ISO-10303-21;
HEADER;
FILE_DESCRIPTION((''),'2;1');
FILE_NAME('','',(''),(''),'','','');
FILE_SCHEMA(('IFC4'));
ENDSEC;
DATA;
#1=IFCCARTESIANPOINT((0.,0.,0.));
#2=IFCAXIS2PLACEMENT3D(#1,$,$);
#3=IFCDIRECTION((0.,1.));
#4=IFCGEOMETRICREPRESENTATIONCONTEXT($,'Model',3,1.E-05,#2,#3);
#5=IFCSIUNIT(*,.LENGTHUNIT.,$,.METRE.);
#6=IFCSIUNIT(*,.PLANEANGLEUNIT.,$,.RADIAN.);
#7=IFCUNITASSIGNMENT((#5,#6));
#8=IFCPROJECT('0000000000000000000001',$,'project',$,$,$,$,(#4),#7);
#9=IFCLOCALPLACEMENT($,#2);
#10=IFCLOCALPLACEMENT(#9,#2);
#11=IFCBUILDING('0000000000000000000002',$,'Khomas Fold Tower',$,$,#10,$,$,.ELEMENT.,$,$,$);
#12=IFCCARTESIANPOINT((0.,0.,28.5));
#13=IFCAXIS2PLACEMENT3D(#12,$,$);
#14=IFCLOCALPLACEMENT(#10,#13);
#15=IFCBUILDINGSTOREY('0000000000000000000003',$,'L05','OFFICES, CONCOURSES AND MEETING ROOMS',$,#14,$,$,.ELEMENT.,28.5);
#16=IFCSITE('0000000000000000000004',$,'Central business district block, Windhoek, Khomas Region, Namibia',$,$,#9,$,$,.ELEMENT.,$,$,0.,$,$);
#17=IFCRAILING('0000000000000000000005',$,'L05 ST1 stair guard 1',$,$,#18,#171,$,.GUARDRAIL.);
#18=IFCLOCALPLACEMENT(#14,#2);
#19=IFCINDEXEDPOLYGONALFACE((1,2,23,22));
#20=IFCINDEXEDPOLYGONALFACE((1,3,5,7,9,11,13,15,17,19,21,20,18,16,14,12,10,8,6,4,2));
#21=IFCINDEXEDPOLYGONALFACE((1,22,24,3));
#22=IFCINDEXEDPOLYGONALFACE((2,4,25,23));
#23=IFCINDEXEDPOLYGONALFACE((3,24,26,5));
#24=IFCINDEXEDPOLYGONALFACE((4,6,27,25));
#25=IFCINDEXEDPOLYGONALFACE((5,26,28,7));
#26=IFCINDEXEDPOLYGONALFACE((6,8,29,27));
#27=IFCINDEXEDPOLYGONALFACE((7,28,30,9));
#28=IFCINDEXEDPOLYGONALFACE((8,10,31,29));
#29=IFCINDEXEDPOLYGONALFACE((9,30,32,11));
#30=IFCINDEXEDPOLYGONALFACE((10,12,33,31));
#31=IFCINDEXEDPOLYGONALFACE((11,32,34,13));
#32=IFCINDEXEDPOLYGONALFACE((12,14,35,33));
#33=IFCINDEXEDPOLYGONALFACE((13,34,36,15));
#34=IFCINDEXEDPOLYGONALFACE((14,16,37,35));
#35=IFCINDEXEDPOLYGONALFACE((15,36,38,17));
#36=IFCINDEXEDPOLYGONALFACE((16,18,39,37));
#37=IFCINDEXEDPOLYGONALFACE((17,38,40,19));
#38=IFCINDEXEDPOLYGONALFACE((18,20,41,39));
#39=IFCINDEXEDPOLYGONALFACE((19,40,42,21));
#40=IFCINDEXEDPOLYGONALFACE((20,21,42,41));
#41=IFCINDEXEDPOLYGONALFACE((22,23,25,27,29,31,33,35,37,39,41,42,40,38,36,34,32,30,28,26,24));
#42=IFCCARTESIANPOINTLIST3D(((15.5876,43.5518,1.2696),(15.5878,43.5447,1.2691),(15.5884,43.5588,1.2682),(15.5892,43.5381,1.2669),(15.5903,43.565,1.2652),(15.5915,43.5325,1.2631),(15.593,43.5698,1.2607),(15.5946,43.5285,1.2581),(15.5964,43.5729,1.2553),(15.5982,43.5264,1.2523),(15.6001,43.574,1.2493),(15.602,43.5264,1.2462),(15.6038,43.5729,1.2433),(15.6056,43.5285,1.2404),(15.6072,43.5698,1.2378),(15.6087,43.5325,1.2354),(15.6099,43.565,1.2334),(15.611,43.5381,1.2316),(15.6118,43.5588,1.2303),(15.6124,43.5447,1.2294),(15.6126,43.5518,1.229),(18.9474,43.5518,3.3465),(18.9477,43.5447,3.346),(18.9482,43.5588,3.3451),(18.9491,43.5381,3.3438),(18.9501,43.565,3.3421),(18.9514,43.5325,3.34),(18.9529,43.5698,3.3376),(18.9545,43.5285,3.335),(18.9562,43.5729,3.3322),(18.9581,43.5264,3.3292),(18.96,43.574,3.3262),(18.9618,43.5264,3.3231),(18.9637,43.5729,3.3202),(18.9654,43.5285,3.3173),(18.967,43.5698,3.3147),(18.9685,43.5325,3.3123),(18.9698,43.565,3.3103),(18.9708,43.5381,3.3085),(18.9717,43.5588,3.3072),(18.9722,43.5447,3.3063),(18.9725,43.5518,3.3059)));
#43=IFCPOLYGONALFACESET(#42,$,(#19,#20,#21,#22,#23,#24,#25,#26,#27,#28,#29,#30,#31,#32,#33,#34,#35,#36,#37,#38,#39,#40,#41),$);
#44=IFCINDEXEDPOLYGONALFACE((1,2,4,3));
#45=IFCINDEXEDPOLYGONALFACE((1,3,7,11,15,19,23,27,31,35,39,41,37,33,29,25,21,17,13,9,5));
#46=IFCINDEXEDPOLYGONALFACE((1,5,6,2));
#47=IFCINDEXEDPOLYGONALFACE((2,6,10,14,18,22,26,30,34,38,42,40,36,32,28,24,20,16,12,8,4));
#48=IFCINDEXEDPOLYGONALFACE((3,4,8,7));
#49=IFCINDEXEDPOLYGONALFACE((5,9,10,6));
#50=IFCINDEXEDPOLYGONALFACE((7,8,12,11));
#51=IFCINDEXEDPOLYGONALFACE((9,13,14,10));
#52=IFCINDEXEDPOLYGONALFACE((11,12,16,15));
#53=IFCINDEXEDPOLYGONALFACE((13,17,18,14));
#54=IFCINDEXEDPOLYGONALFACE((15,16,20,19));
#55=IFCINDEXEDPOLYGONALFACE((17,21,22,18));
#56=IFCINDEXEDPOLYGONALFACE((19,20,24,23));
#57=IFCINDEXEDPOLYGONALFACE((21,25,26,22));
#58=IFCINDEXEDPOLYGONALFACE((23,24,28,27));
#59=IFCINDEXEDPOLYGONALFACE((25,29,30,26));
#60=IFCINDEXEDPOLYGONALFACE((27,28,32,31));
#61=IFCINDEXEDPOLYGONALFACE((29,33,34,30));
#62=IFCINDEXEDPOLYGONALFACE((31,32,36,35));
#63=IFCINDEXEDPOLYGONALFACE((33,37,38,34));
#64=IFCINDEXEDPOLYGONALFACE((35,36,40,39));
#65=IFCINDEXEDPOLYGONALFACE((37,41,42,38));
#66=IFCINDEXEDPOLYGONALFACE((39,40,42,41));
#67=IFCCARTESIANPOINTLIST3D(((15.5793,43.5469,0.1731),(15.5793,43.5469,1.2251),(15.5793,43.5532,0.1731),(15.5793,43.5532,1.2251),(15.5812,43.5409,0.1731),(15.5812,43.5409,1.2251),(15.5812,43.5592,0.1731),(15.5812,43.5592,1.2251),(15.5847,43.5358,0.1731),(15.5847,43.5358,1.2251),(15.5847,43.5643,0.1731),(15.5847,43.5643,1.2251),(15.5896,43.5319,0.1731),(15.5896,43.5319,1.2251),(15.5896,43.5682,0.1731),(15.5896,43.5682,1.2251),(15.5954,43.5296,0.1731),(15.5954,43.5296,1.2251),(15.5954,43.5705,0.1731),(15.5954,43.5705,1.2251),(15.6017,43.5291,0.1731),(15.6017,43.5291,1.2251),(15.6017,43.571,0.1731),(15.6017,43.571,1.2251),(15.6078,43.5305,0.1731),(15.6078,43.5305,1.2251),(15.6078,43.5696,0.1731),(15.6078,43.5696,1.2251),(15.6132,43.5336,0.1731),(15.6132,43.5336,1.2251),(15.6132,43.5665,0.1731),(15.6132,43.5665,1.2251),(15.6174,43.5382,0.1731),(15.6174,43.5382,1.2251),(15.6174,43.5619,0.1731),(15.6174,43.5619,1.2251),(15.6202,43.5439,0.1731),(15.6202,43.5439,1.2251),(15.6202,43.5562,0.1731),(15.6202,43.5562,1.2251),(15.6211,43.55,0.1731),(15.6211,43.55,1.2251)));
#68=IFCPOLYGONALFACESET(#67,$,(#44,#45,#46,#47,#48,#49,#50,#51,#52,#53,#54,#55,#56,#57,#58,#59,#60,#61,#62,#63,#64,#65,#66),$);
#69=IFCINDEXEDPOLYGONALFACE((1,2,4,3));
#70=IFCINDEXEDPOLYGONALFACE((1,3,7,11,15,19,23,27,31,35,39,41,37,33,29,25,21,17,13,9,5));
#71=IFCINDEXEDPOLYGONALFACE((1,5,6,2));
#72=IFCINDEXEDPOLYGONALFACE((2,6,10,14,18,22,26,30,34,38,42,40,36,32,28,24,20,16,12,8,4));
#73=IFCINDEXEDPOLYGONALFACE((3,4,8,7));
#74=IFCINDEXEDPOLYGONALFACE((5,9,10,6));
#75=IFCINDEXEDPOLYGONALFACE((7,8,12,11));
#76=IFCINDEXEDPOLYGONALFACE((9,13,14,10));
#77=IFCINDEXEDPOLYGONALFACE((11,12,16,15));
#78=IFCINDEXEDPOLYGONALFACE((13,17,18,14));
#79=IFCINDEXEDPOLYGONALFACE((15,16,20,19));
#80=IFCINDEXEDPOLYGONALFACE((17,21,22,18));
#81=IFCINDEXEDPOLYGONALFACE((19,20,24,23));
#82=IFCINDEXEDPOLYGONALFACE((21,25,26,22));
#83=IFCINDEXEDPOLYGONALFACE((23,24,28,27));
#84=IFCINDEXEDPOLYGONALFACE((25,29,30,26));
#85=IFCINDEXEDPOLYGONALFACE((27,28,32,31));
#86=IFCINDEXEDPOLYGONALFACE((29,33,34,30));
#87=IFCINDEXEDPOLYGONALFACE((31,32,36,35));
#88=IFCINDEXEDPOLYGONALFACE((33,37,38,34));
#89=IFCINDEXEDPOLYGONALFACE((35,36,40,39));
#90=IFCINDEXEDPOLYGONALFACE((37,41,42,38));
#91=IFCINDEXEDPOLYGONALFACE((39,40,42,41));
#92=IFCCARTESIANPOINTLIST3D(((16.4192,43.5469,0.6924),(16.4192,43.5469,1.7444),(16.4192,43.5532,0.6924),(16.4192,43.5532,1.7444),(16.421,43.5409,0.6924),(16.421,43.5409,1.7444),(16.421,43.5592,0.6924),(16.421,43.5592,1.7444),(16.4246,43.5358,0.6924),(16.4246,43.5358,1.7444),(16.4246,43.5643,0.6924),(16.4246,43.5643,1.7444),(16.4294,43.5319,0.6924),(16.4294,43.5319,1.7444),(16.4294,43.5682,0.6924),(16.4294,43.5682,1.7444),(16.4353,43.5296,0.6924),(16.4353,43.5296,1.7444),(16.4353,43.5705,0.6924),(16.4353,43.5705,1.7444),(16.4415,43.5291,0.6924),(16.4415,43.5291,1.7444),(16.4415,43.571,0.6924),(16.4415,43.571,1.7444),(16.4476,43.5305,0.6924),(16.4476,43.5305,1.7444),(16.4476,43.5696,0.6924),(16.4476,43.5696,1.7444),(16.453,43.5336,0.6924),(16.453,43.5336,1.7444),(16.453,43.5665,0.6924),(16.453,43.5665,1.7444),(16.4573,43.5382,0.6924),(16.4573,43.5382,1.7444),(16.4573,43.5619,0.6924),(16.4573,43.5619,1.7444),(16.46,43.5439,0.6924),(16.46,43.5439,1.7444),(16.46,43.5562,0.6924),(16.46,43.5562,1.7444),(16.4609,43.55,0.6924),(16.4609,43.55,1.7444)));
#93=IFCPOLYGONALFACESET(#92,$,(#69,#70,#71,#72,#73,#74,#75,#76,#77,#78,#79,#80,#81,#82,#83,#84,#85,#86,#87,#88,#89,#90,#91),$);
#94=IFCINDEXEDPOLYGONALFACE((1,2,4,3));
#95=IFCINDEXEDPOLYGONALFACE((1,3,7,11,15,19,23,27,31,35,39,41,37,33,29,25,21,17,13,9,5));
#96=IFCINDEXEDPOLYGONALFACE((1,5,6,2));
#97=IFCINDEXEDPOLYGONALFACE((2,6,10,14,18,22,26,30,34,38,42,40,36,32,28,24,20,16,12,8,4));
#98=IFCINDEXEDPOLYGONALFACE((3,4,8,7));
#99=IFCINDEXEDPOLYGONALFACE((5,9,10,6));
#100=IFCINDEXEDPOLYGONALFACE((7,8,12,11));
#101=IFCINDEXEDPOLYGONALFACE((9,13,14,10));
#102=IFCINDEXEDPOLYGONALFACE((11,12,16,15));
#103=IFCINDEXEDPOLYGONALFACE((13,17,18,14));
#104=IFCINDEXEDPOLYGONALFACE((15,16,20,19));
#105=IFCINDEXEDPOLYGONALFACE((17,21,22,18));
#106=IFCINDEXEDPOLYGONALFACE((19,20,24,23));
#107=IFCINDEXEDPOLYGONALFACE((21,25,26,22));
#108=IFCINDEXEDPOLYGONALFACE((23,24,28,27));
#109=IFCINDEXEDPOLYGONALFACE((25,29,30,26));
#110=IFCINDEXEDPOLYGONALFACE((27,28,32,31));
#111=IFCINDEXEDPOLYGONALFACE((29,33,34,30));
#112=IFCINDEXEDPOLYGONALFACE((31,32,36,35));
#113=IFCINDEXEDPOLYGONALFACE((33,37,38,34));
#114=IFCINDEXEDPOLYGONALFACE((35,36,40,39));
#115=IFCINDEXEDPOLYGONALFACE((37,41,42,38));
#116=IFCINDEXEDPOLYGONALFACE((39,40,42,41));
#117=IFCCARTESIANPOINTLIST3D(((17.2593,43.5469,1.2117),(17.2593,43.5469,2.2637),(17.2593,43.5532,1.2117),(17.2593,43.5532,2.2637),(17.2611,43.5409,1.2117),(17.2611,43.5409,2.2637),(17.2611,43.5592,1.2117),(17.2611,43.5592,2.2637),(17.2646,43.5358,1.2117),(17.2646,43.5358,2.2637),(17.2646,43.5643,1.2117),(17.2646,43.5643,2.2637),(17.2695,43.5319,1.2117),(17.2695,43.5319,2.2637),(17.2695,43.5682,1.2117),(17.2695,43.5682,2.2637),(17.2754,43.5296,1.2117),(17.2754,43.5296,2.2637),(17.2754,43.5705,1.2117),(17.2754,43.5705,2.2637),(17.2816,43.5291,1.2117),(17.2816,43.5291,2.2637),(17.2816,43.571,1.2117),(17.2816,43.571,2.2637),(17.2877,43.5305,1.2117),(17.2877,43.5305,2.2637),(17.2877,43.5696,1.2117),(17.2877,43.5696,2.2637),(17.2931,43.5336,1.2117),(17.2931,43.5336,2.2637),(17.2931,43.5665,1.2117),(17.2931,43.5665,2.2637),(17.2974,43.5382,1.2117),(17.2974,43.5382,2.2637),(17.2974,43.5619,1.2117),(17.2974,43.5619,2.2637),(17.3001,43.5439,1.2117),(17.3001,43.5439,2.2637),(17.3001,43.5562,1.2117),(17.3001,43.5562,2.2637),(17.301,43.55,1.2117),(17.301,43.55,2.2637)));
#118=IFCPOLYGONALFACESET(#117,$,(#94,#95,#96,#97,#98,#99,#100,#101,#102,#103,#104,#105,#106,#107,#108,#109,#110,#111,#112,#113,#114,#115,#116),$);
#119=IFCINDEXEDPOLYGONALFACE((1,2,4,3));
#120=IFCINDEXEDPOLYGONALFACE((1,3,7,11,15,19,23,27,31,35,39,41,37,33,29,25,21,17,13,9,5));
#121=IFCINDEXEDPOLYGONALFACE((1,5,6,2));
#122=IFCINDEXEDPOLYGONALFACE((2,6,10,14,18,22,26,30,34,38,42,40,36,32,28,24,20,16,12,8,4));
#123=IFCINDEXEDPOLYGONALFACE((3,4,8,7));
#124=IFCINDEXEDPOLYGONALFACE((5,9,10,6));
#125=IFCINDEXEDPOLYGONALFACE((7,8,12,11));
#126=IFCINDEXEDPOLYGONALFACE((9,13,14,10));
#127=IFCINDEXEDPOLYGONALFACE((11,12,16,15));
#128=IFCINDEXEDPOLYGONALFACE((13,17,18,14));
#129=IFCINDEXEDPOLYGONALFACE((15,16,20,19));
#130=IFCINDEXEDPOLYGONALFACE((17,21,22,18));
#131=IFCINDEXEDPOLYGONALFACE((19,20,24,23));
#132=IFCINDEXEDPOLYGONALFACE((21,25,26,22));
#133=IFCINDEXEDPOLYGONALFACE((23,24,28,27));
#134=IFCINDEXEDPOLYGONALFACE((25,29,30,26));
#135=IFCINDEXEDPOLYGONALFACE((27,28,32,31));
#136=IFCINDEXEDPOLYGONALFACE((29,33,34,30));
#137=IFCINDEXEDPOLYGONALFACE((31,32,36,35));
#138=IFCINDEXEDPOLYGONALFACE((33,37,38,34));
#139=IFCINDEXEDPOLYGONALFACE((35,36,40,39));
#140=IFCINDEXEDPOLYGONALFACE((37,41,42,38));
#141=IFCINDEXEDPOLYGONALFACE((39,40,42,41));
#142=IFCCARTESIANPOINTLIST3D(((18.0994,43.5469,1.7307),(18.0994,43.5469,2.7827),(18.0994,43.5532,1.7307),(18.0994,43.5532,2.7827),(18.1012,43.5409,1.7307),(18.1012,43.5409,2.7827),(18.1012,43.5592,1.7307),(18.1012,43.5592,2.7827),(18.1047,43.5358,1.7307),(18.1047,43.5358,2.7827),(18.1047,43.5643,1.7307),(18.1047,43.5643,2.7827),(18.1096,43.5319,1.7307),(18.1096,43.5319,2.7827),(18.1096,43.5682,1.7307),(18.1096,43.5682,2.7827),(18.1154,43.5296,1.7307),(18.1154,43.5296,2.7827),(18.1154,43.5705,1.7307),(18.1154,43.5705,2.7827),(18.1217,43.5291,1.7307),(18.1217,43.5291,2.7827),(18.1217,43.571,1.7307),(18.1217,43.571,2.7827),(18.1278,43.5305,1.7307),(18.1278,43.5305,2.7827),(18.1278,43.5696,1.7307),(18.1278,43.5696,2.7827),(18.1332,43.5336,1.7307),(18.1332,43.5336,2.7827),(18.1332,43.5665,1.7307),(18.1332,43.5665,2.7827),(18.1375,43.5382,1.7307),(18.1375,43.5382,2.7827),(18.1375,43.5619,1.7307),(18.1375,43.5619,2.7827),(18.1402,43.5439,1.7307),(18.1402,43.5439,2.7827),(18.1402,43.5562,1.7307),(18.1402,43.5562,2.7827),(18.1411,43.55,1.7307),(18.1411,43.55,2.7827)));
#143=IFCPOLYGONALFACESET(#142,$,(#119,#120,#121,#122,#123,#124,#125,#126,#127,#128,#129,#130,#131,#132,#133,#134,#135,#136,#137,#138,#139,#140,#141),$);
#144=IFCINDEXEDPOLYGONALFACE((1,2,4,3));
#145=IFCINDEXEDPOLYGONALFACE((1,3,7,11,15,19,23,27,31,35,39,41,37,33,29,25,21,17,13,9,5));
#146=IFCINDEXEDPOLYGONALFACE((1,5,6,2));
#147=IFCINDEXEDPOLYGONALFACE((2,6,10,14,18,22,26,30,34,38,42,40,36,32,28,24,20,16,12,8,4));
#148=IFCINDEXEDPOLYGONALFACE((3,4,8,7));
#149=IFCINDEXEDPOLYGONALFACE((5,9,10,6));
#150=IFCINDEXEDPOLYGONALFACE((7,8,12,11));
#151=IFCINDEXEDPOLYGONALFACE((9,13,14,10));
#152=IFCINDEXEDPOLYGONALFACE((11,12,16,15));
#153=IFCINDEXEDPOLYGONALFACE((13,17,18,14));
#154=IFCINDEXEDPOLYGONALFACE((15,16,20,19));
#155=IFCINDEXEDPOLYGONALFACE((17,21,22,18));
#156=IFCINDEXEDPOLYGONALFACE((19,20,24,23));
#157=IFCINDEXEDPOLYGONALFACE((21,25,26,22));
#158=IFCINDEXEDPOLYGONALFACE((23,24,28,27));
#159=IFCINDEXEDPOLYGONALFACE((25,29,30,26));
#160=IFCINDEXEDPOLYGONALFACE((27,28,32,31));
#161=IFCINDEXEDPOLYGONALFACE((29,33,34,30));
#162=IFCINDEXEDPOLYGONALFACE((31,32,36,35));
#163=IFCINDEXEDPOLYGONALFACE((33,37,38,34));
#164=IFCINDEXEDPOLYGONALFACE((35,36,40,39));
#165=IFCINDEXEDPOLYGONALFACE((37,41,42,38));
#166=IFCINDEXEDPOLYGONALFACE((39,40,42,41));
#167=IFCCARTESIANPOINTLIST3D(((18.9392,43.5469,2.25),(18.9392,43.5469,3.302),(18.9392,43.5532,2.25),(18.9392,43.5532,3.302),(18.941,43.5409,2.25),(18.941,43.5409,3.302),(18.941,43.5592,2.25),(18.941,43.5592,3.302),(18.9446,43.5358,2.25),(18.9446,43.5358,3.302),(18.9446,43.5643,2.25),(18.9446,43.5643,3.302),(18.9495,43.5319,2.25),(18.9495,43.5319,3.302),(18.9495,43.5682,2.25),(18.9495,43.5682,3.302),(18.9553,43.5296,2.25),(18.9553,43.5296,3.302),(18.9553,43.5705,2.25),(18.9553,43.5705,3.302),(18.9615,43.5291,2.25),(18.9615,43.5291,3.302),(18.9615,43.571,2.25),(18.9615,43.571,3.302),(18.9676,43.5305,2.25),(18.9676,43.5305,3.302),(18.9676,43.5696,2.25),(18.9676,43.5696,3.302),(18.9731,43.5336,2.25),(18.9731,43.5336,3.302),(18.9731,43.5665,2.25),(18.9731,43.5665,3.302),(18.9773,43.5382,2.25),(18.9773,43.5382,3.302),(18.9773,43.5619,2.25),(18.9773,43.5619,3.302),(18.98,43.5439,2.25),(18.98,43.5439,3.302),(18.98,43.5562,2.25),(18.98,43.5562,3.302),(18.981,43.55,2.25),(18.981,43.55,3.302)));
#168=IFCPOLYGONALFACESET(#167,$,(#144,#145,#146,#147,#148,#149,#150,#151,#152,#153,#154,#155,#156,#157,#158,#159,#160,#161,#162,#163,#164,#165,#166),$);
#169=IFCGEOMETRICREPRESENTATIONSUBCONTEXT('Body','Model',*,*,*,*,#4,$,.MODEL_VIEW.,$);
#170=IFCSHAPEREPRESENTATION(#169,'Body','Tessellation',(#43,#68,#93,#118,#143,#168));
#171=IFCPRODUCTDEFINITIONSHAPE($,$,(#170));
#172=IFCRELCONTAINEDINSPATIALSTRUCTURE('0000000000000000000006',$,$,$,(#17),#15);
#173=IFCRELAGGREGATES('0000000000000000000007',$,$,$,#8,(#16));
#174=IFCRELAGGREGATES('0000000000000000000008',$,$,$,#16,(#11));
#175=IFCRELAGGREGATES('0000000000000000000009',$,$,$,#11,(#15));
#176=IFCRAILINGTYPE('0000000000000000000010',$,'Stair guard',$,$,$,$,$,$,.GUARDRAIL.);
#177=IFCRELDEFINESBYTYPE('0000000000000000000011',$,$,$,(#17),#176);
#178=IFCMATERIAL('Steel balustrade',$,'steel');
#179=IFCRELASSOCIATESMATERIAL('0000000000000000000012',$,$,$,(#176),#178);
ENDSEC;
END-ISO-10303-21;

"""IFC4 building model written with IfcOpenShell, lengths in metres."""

from ifc_helpers import new_model, si_unit, direction, frame, origin, origin_2d, place, context, subcontext, project, spatial, circle, extrude, source, transform, mapped, material, type_object, element, save


model = new_model("IFC4")

# Units and contexts
model_context = context("Model", 3, precision=1e-05, world=origin(), true_north=direction((0.0, 1.0)))
body_context = subcontext(model_context, "Body", "Model", "MODEL_VIEW")
ifc_project = project(units=[si_unit("LENGTHUNIT", "METRE"), si_unit("PLANEANGLEUNIT", "RADIAN")], contexts=[model_context])

# Site, building, storey
site_placement = place(None, origin())
site = spatial("IfcSite", under=ifc_project, at=site_placement, Name="Central business district block, Windhoek, Khomas Region, Namibia", CompositionType="ELEMENT", RefElevation=0.0)
building_placement = place(site_placement, origin())
building = spatial("IfcBuilding", under=site, at=building_placement, Name="Khomas Fold Tower", CompositionType="ELEMENT")
storey_placement = place(building_placement, frame((0.0, 0.0, 28.5)))
storey = spatial("IfcBuildingStorey", under=building, at=storey_placement, Name="L05", Description="OFFICES, CONCOURSES AND MEETING ROOMS", CompositionType="ELEMENT", Elevation=28.5)

# Railing
ifc_material_1 = material(Name="Steel balustrade", Category="steel")
railing_type_1 = type_object("IfcRailingType", Name="Stair guard", PredefinedType="GUARDRAIL", material=ifc_material_1)
shared_shape_1 = source(origin(), body_context, "Body", "SweptSolid", [
    extrude(circle(Radius=0.0239, at=origin_2d()), frame((0.0, 0.0, 1.0762), z_axis=(0.850606, 0.0, 0.525803), x_axis=(0.0, 1.0, 0.0)), (0.0, 0.0, 1.0), 3.95),
    extrude(circle(Radius=0.021, at=origin_2d()), origin(), (0.0, 0.0, 1.0), 1.052),
    extrude(circle(Radius=0.021, at=origin_2d()), frame((0.8398, 0.0, 0.5193)), (0.0, 0.0, 1.0), 1.052),
    extrude(circle(Radius=0.021, at=origin_2d()), frame((1.6799, 0.0, 1.0386)), (0.0, 0.0, 1.0), 1.052),
    extrude(circle(Radius=0.021, at=origin_2d()), frame((2.52, 0.0, 1.5576)), (0.0, 0.0, 1.0), 1.052),
    extrude(circle(Radius=0.021, at=origin_2d()), frame((3.3599, 0.0, 2.0769)), (0.0, 0.0, 1.0), 1.052),
])
railing_1_placement = place(storey_placement, frame((15.6001, 43.55, 0.1731)))
element("IfcRailing", 1, at=railing_1_placement, inside=storey, type_object=railing_type_1, Name="L05 ST1 stair guard 1", PredefinedType="GUARDRAIL", context=body_context, shape_type="MappedRepresentation", body=[
    mapped(shared_shape_1, transform((0.0, 0.0, 0.0))),
])

save(model, "model.ifc")
